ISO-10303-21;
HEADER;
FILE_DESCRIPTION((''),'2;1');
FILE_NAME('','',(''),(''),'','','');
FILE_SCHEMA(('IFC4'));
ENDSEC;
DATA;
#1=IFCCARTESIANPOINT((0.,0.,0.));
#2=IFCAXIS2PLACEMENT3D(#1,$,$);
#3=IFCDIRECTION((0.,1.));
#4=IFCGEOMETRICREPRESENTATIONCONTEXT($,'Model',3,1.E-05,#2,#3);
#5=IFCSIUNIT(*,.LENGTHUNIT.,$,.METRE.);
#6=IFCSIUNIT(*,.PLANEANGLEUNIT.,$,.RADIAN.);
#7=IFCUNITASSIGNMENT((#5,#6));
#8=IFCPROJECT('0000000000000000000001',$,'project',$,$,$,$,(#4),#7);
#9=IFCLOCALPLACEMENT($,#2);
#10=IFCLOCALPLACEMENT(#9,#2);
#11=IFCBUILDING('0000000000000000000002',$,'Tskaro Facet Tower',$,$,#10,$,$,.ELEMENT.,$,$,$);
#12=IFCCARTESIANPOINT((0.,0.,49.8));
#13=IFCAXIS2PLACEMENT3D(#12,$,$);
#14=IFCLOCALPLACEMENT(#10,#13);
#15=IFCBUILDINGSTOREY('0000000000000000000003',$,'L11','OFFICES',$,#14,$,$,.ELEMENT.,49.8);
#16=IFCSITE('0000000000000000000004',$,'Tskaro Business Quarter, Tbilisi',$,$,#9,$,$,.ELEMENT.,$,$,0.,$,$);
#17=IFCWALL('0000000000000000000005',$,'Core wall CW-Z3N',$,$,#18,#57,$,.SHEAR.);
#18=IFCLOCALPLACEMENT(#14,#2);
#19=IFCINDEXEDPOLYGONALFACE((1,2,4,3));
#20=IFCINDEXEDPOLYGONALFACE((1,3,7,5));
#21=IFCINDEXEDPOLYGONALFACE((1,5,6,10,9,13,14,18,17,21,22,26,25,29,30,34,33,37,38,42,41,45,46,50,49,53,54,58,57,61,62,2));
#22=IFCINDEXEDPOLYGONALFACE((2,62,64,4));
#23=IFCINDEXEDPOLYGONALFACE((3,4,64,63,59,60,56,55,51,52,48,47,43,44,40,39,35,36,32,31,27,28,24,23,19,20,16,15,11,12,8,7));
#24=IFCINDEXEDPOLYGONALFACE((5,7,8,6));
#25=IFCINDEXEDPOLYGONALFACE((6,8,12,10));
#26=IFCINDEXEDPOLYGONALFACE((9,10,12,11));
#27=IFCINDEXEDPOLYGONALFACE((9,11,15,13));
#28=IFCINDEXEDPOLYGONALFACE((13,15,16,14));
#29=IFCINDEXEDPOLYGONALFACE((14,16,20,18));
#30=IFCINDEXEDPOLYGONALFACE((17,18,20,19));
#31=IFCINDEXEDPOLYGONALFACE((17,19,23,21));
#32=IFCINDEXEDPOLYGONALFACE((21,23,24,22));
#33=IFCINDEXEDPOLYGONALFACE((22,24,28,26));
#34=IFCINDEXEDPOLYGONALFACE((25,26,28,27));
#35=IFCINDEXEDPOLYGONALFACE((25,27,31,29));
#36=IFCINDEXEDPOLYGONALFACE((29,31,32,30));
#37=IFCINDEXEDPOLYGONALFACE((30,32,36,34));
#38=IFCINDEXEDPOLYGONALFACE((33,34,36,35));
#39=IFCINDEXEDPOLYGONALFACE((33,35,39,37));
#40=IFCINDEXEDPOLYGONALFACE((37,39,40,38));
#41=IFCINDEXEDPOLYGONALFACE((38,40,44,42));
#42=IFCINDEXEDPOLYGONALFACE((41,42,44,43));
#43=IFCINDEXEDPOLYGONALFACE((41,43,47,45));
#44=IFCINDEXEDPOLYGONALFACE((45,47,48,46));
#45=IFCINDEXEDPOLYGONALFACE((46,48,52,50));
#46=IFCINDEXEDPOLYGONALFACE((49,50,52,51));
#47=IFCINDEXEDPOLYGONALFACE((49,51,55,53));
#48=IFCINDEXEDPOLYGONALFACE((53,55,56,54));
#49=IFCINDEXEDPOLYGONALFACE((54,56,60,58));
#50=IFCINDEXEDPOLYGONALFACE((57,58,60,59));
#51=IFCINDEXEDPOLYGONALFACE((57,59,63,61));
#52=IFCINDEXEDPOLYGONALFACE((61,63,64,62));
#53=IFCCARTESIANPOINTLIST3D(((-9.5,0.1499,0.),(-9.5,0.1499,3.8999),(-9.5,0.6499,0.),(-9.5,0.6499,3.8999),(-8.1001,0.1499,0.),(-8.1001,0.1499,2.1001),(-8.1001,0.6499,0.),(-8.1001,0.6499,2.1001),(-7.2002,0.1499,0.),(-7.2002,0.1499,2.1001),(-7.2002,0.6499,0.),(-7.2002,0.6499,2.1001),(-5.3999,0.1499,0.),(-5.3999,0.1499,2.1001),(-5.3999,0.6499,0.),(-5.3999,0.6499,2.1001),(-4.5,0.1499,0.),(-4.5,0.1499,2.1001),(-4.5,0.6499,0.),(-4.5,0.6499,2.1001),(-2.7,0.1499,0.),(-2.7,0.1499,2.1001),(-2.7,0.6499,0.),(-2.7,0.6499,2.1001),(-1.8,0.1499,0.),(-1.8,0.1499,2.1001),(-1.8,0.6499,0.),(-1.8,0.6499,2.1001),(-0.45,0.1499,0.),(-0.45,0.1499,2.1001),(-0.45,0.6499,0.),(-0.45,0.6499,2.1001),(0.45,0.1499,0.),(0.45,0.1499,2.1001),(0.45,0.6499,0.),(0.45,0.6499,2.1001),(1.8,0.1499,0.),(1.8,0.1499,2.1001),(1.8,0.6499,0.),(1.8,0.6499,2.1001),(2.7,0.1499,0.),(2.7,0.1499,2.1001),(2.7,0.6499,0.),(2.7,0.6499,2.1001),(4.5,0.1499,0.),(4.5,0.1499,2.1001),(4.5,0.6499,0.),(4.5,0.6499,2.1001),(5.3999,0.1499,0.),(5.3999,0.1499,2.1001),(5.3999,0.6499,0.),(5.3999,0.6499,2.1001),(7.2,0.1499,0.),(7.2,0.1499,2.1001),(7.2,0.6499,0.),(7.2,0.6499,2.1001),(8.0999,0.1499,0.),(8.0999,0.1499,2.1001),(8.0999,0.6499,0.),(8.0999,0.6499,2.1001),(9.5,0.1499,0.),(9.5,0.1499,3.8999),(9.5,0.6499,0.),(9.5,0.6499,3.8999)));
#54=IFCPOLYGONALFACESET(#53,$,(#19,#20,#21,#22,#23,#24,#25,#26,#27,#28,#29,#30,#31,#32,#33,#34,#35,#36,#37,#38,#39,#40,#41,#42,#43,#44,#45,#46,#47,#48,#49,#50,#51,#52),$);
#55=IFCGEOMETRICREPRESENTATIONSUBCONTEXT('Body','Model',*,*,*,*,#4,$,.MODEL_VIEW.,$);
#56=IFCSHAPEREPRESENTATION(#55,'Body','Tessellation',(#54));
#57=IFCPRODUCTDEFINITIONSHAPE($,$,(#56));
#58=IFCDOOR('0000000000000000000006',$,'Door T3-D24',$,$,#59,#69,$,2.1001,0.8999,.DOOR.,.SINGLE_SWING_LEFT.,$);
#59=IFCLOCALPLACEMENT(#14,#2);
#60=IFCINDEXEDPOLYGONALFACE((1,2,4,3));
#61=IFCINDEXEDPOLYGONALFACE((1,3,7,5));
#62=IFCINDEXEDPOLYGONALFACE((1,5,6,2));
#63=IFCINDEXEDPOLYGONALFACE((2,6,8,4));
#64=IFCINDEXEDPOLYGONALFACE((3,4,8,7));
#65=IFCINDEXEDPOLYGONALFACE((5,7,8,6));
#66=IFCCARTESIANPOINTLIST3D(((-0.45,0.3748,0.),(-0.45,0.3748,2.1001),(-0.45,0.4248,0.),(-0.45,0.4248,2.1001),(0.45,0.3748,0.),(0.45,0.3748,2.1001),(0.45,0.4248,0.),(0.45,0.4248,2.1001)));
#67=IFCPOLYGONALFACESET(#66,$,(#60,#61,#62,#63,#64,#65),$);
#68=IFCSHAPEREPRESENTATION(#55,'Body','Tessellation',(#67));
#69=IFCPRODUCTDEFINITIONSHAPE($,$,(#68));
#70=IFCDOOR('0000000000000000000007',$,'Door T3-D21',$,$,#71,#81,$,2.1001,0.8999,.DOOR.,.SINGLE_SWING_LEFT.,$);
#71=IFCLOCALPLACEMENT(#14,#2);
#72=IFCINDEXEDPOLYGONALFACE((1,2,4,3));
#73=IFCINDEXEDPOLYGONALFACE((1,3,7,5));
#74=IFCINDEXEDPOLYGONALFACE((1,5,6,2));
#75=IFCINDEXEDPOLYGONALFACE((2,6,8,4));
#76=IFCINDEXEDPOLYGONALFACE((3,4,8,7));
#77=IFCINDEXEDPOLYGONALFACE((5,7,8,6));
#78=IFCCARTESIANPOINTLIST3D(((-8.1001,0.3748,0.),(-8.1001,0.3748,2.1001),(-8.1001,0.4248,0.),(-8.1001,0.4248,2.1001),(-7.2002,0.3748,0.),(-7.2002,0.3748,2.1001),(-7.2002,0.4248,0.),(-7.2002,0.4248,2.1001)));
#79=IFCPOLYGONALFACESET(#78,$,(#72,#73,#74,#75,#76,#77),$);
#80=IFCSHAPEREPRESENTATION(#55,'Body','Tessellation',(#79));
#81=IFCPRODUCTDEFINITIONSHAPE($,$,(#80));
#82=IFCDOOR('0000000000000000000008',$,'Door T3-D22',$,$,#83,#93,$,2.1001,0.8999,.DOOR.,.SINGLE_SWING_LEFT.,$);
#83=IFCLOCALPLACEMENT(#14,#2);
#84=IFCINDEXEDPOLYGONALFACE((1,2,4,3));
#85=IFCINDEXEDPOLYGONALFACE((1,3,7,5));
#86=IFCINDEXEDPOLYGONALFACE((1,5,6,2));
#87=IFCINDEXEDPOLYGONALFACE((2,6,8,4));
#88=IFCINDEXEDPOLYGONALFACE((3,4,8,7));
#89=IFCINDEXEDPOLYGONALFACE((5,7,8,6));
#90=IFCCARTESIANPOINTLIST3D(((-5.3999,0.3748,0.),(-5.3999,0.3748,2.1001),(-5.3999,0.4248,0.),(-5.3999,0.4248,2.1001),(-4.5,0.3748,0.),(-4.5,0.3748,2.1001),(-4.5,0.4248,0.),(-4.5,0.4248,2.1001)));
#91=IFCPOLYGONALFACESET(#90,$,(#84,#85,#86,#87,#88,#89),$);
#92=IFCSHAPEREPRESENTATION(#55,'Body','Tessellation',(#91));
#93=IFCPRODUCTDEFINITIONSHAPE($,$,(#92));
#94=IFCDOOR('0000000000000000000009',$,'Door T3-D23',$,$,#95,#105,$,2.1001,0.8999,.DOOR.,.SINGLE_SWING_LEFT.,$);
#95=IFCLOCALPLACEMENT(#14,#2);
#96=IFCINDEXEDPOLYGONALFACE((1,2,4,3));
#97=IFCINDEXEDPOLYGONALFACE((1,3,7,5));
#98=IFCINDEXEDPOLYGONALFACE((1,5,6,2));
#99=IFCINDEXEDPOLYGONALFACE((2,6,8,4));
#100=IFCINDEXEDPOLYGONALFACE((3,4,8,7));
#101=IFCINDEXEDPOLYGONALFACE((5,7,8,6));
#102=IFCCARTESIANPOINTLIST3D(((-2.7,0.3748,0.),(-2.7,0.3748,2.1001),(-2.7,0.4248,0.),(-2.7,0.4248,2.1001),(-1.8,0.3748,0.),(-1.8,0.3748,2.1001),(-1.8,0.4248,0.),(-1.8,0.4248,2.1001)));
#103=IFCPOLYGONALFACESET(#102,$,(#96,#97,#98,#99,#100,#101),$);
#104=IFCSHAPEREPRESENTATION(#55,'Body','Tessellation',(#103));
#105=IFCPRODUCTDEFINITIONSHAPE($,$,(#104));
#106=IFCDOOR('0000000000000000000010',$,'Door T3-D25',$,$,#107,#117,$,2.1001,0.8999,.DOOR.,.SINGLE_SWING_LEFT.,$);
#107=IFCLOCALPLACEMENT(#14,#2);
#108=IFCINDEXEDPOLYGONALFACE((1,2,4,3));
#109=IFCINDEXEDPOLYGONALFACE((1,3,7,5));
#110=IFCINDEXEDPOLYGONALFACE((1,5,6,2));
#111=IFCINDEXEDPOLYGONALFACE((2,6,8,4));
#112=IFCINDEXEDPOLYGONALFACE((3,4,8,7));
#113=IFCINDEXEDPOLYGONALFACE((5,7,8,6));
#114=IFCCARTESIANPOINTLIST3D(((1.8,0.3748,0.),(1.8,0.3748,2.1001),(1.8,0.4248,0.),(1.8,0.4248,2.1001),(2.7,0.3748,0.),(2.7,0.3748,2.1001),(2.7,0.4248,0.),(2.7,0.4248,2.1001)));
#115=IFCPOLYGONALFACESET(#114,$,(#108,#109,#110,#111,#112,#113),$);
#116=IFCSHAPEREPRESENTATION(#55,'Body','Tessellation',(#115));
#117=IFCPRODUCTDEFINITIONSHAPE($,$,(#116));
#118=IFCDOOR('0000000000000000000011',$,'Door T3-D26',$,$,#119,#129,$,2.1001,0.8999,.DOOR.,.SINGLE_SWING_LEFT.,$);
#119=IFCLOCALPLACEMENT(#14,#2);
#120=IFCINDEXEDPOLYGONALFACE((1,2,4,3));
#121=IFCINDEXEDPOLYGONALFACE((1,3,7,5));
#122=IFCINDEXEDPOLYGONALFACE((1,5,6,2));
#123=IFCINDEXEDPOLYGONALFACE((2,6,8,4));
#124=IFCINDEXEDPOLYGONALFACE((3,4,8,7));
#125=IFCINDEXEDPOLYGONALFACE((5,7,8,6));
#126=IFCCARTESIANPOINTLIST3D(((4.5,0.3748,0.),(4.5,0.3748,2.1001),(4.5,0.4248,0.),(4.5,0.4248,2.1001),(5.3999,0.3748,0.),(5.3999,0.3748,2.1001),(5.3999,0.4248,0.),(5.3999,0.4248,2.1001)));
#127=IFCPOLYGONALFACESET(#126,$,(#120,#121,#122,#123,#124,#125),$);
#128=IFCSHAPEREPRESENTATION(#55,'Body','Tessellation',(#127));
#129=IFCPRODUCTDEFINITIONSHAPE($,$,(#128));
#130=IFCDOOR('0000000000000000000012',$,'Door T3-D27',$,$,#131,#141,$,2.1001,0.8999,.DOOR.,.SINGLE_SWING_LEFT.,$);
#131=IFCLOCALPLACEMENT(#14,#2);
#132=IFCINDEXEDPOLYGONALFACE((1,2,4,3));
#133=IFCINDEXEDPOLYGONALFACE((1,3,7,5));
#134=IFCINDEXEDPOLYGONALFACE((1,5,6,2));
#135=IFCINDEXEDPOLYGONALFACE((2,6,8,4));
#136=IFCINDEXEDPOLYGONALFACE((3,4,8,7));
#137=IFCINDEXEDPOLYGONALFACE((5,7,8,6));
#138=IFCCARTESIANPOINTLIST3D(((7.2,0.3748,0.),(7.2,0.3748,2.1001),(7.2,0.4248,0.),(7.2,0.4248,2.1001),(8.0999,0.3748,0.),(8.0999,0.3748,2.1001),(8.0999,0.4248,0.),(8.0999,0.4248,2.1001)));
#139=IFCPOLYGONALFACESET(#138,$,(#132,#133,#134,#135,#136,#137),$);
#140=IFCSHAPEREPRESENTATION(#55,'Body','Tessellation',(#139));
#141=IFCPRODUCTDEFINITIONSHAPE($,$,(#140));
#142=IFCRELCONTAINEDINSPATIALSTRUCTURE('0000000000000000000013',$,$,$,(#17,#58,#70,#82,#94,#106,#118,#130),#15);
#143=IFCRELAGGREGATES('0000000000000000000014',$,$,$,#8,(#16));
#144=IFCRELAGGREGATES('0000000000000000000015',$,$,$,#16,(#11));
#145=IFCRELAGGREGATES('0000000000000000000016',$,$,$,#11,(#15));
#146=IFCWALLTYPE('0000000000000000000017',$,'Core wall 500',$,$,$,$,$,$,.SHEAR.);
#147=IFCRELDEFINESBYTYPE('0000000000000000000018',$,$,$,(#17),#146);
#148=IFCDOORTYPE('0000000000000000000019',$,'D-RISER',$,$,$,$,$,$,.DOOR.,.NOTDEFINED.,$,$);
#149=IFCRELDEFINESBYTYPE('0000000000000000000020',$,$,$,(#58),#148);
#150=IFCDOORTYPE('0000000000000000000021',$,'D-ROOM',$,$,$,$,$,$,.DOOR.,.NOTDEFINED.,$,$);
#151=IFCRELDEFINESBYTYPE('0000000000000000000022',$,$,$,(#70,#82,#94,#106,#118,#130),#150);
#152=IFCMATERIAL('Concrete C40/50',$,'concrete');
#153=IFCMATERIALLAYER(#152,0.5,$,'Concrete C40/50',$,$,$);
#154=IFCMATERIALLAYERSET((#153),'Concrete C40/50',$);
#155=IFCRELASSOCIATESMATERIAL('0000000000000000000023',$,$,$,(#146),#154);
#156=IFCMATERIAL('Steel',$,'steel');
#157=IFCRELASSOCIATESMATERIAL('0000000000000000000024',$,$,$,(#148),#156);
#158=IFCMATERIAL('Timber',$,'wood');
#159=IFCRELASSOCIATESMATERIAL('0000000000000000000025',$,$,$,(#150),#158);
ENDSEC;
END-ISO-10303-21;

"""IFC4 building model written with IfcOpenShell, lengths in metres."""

from ifc_helpers import new_model, si_unit, direction, frame, frame_2d, origin, place, context, subcontext, project, spatial, rectangle, extrude, material, layer, layer_set, type_object, element, fill, save


model = new_model("IFC4")

# Units and contexts
model_context = context("Model", 3, precision=1e-05, world=origin(), true_north=direction((0.0, 1.0)))
body_context = subcontext(model_context, "Body", "Model", "MODEL_VIEW")
ifc_project = project(units=[si_unit("LENGTHUNIT", "METRE"), si_unit("PLANEANGLEUNIT", "RADIAN")], contexts=[model_context])

# Site, building, storey
site_placement = place(None, origin())
site = spatial("IfcSite", under=ifc_project, at=site_placement, Name="Tskaro Business Quarter, Tbilisi", CompositionType="ELEMENT", RefElevation=0.0)
building_placement = place(site_placement, origin())
building = spatial("IfcBuilding", under=site, at=building_placement, Name="Tskaro Facet Tower", CompositionType="ELEMENT")
storey_placement = place(building_placement, frame((0.0, 0.0, 49.8)))
storey = spatial("IfcBuildingStorey", under=building, at=storey_placement, Name="L11", Description="OFFICES", CompositionType="ELEMENT", Elevation=49.8)

# Wall, openings, doors
ifc_material_1 = material(Name="Concrete C40/50", Category="concrete")
ifc_layer_1 = layer(ifc_material_1, 0.5, Name="Concrete C40/50")
ifc_layer_set_1 = layer_set([ifc_layer_1], Name="Concrete C40/50")
wall_type_1 = type_object("IfcWallType", Name="Core wall 500", PredefinedType="SHEAR", material=ifc_layer_set_1)
wall_1_placement = place(storey_placement, frame((-9.5, 0.3999, 0.0), z_axis=(0.0, 0.0, 1.0), x_axis=(1.0, 0.0, 0.0)))
wall_1 = element("IfcWall", 1, at=wall_1_placement, inside=storey, type_object=wall_type_1, Name="Core wall CW-Z3N", PredefinedType="SHEAR", context=body_context, shape_type="SweptSolid", body=[
    extrude(rectangle(XDim=19.0, YDim=0.5, at=frame_2d((9.5, 0.0))), origin(), (0.0, 0.0, 1.0), 3.8999),
])
opening_1_placement = place(wall_1_placement, frame((1.3999, 0.0, 0.0)))
opening_1 = element("IfcOpeningElement", 2, at=opening_1_placement, cuts=wall_1, PredefinedType="OPENING", context=body_context, shape_type="SweptSolid", body=[
    extrude(rectangle(XDim=0.8999, YDim=2.1001, at=frame_2d((0.45, 1.05))), frame((0.0, 0.26, 0.0), z_axis=(0.0, -1.0, 0.0), x_axis=(1.0, 0.0, 0.0)), (0.0, 0.0, 1.0), 0.52),
])
opening_2_placement = place(wall_1_placement, frame((4.1001, 0.0, 0.0)))
opening_2 = element("IfcOpeningElement", 3, at=opening_2_placement, cuts=wall_1, PredefinedType="OPENING", context=body_context, shape_type="SweptSolid", body=[
    extrude(rectangle(XDim=0.8999, YDim=2.1001, at=frame_2d((0.45, 1.05))), frame((0.0, 0.26, 0.0), z_axis=(0.0, -1.0, 0.0), x_axis=(1.0, 0.0, 0.0)), (0.0, 0.0, 1.0), 0.52),
])
opening_3_placement = place(wall_1_placement, frame((6.8, 0.0, 0.0)))
opening_3 = element("IfcOpeningElement", 4, at=opening_3_placement, cuts=wall_1, PredefinedType="OPENING", context=body_context, shape_type="SweptSolid", body=[
    extrude(rectangle(XDim=0.8999, YDim=2.1001, at=frame_2d((0.45, 1.05))), frame((0.0, 0.26, 0.0), z_axis=(0.0, -1.0, 0.0), x_axis=(1.0, 0.0, 0.0)), (0.0, 0.0, 1.0), 0.52),
])
opening_4_placement = place(wall_1_placement, frame((11.3, 0.0, 0.0)))
opening_4 = element("IfcOpeningElement", 5, at=opening_4_placement, cuts=wall_1, PredefinedType="OPENING", context=body_context, shape_type="SweptSolid", body=[
    extrude(rectangle(XDim=0.8999, YDim=2.1001, at=frame_2d((0.45, 1.05))), frame((0.0, 0.26, 0.0), z_axis=(0.0, -1.0, 0.0), x_axis=(1.0, 0.0, 0.0)), (0.0, 0.0, 1.0), 0.52),
])
opening_5_placement = place(wall_1_placement, frame((14.0, 0.0, 0.0)))
opening_5 = element("IfcOpeningElement", 6, at=opening_5_placement, cuts=wall_1, PredefinedType="OPENING", context=body_context, shape_type="SweptSolid", body=[
    extrude(rectangle(XDim=0.8999, YDim=2.1001, at=frame_2d((0.45, 1.05))), frame((0.0, 0.26, 0.0), z_axis=(0.0, -1.0, 0.0), x_axis=(1.0, 0.0, 0.0)), (0.0, 0.0, 1.0), 0.52),
])
opening_6_placement = place(wall_1_placement, frame((16.7, 0.0, 0.0)))
opening_6 = element("IfcOpeningElement", 7, at=opening_6_placement, cuts=wall_1, PredefinedType="OPENING", context=body_context, shape_type="SweptSolid", body=[
    extrude(rectangle(XDim=0.8999, YDim=2.1001, at=frame_2d((0.45, 1.05))), frame((0.0, 0.26, 0.0), z_axis=(0.0, -1.0, 0.0), x_axis=(1.0, 0.0, 0.0)), (0.0, 0.0, 1.0), 0.52),
])
opening_7_placement = place(wall_1_placement, frame((9.05, 0.0, 0.0)))
opening_7 = element("IfcOpeningElement", 8, at=opening_7_placement, cuts=wall_1, PredefinedType="OPENING", context=body_context, shape_type="SweptSolid", body=[
    extrude(rectangle(XDim=0.8999, YDim=2.1001, at=frame_2d((0.45, 1.05))), frame((0.0, 0.26, 0.0), z_axis=(0.0, -1.0, 0.0), x_axis=(1.0, 0.0, 0.0)), (0.0, 0.0, 1.0), 0.52),
])
ifc_material_2 = material(Name="Steel", Category="steel")
door_type_1 = type_object("IfcDoorType", Name="D-RISER", OperationType="NOTDEFINED", PredefinedType="DOOR", material=ifc_material_2)
door_1_placement = place(opening_7_placement, origin())
door_1 = element("IfcDoor", 9, at=door_1_placement, inside=storey, type_object=door_type_1, Name="Door T3-D24", OperationType="SINGLE_SWING_LEFT", OverallHeight=2.1001, OverallWidth=0.8999, PredefinedType="DOOR", context=body_context, shape_type="SweptSolid", body=[
    extrude(rectangle(XDim=0.8999, YDim=2.1001, at=frame_2d((0.45, 1.05))), frame((0.0, 0.0249, 0.0), z_axis=(0.0, -1.0, 0.0), x_axis=(1.0, 0.0, 0.0)), (0.0, 0.0, 1.0), 0.05),
])
fill(opening_7, door_1)
ifc_material_3 = material(Name="Timber", Category="wood")
door_type_2 = type_object("IfcDoorType", Name="D-ROOM", OperationType="NOTDEFINED", PredefinedType="DOOR", material=ifc_material_3)
door_2_placement = place(opening_1_placement, origin())
door_2 = element("IfcDoor", 10, at=door_2_placement, inside=storey, type_object=door_type_2, Name="Door T3-D21", OperationType="SINGLE_SWING_LEFT", OverallHeight=2.1001, OverallWidth=0.8999, PredefinedType="DOOR", context=body_context, shape_type="SweptSolid", body=[
    extrude(rectangle(XDim=0.8999, YDim=2.1001, at=frame_2d((0.45, 1.05))), frame((0.0, 0.0249, 0.0), z_axis=(0.0, -1.0, 0.0), x_axis=(1.0, 0.0, 0.0)), (0.0, 0.0, 1.0), 0.05),
])
fill(opening_1, door_2)
door_3_placement = place(opening_2_placement, origin())
door_3 = element("IfcDoor", 11, at=door_3_placement, inside=storey, type_object=door_type_2, Name="Door T3-D22", OperationType="SINGLE_SWING_LEFT", OverallHeight=2.1001, OverallWidth=0.8999, PredefinedType="DOOR", context=body_context, shape_type="SweptSolid", body=[
    extrude(rectangle(XDim=0.8999, YDim=2.1001, at=frame_2d((0.45, 1.05))), frame((0.0, 0.0249, 0.0), z_axis=(0.0, -1.0, 0.0), x_axis=(1.0, 0.0, 0.0)), (0.0, 0.0, 1.0), 0.05),
])
fill(opening_2, door_3)
door_4_placement = place(opening_3_placement, origin())
door_4 = element("IfcDoor", 12, at=door_4_placement, inside=storey, type_object=door_type_2, Name="Door T3-D23", OperationType="SINGLE_SWING_LEFT", OverallHeight=2.1001, OverallWidth=0.8999, PredefinedType="DOOR", context=body_context, shape_type="SweptSolid", body=[
    extrude(rectangle(XDim=0.8999, YDim=2.1001, at=frame_2d((0.45, 1.05))), frame((0.0, 0.0249, 0.0), z_axis=(0.0, -1.0, 0.0), x_axis=(1.0, 0.0, 0.0)), (0.0, 0.0, 1.0), 0.05),
])
fill(opening_3, door_4)
door_5_placement = place(opening_4_placement, origin())
door_5 = element("IfcDoor", 13, at=door_5_placement, inside=storey, type_object=door_type_2, Name="Door T3-D25", OperationType="SINGLE_SWING_LEFT", OverallHeight=2.1001, OverallWidth=0.8999, PredefinedType="DOOR", context=body_context, shape_type="SweptSolid", body=[
    extrude(rectangle(XDim=0.8999, YDim=2.1001, at=frame_2d((0.45, 1.05))), frame((0.0, 0.0249, 0.0), z_axis=(0.0, -1.0, 0.0), x_axis=(1.0, 0.0, 0.0)), (0.0, 0.0, 1.0), 0.05),
])
fill(opening_4, door_5)
door_6_placement = place(opening_5_placement, origin())
door_6 = element("IfcDoor", 14, at=door_6_placement, inside=storey, type_object=door_type_2, Name="Door T3-D26", OperationType="SINGLE_SWING_LEFT", OverallHeight=2.1001, OverallWidth=0.8999, PredefinedType="DOOR", context=body_context, shape_type="SweptSolid", body=[
    extrude(rectangle(XDim=0.8999, YDim=2.1001, at=frame_2d((0.45, 1.05))), frame((0.0, 0.0249, 0.0), z_axis=(0.0, -1.0, 0.0), x_axis=(1.0, 0.0, 0.0)), (0.0, 0.0, 1.0), 0.05),
])
fill(opening_5, door_6)
door_7_placement = place(opening_6_placement, origin())
door_7 = element("IfcDoor", 15, at=door_7_placement, inside=storey, type_object=door_type_2, Name="Door T3-D27", OperationType="SINGLE_SWING_LEFT", OverallHeight=2.1001, OverallWidth=0.8999, PredefinedType="DOOR", context=body_context, shape_type="SweptSolid", body=[
    extrude(rectangle(XDim=0.8999, YDim=2.1001, at=frame_2d((0.45, 1.05))), frame((0.0, 0.0249, 0.0), z_axis=(0.0, -1.0, 0.0), x_axis=(1.0, 0.0, 0.0)), (0.0, 0.0, 1.0), 0.05),
])
fill(opening_6, door_7)

save(model, "model.ifc")
